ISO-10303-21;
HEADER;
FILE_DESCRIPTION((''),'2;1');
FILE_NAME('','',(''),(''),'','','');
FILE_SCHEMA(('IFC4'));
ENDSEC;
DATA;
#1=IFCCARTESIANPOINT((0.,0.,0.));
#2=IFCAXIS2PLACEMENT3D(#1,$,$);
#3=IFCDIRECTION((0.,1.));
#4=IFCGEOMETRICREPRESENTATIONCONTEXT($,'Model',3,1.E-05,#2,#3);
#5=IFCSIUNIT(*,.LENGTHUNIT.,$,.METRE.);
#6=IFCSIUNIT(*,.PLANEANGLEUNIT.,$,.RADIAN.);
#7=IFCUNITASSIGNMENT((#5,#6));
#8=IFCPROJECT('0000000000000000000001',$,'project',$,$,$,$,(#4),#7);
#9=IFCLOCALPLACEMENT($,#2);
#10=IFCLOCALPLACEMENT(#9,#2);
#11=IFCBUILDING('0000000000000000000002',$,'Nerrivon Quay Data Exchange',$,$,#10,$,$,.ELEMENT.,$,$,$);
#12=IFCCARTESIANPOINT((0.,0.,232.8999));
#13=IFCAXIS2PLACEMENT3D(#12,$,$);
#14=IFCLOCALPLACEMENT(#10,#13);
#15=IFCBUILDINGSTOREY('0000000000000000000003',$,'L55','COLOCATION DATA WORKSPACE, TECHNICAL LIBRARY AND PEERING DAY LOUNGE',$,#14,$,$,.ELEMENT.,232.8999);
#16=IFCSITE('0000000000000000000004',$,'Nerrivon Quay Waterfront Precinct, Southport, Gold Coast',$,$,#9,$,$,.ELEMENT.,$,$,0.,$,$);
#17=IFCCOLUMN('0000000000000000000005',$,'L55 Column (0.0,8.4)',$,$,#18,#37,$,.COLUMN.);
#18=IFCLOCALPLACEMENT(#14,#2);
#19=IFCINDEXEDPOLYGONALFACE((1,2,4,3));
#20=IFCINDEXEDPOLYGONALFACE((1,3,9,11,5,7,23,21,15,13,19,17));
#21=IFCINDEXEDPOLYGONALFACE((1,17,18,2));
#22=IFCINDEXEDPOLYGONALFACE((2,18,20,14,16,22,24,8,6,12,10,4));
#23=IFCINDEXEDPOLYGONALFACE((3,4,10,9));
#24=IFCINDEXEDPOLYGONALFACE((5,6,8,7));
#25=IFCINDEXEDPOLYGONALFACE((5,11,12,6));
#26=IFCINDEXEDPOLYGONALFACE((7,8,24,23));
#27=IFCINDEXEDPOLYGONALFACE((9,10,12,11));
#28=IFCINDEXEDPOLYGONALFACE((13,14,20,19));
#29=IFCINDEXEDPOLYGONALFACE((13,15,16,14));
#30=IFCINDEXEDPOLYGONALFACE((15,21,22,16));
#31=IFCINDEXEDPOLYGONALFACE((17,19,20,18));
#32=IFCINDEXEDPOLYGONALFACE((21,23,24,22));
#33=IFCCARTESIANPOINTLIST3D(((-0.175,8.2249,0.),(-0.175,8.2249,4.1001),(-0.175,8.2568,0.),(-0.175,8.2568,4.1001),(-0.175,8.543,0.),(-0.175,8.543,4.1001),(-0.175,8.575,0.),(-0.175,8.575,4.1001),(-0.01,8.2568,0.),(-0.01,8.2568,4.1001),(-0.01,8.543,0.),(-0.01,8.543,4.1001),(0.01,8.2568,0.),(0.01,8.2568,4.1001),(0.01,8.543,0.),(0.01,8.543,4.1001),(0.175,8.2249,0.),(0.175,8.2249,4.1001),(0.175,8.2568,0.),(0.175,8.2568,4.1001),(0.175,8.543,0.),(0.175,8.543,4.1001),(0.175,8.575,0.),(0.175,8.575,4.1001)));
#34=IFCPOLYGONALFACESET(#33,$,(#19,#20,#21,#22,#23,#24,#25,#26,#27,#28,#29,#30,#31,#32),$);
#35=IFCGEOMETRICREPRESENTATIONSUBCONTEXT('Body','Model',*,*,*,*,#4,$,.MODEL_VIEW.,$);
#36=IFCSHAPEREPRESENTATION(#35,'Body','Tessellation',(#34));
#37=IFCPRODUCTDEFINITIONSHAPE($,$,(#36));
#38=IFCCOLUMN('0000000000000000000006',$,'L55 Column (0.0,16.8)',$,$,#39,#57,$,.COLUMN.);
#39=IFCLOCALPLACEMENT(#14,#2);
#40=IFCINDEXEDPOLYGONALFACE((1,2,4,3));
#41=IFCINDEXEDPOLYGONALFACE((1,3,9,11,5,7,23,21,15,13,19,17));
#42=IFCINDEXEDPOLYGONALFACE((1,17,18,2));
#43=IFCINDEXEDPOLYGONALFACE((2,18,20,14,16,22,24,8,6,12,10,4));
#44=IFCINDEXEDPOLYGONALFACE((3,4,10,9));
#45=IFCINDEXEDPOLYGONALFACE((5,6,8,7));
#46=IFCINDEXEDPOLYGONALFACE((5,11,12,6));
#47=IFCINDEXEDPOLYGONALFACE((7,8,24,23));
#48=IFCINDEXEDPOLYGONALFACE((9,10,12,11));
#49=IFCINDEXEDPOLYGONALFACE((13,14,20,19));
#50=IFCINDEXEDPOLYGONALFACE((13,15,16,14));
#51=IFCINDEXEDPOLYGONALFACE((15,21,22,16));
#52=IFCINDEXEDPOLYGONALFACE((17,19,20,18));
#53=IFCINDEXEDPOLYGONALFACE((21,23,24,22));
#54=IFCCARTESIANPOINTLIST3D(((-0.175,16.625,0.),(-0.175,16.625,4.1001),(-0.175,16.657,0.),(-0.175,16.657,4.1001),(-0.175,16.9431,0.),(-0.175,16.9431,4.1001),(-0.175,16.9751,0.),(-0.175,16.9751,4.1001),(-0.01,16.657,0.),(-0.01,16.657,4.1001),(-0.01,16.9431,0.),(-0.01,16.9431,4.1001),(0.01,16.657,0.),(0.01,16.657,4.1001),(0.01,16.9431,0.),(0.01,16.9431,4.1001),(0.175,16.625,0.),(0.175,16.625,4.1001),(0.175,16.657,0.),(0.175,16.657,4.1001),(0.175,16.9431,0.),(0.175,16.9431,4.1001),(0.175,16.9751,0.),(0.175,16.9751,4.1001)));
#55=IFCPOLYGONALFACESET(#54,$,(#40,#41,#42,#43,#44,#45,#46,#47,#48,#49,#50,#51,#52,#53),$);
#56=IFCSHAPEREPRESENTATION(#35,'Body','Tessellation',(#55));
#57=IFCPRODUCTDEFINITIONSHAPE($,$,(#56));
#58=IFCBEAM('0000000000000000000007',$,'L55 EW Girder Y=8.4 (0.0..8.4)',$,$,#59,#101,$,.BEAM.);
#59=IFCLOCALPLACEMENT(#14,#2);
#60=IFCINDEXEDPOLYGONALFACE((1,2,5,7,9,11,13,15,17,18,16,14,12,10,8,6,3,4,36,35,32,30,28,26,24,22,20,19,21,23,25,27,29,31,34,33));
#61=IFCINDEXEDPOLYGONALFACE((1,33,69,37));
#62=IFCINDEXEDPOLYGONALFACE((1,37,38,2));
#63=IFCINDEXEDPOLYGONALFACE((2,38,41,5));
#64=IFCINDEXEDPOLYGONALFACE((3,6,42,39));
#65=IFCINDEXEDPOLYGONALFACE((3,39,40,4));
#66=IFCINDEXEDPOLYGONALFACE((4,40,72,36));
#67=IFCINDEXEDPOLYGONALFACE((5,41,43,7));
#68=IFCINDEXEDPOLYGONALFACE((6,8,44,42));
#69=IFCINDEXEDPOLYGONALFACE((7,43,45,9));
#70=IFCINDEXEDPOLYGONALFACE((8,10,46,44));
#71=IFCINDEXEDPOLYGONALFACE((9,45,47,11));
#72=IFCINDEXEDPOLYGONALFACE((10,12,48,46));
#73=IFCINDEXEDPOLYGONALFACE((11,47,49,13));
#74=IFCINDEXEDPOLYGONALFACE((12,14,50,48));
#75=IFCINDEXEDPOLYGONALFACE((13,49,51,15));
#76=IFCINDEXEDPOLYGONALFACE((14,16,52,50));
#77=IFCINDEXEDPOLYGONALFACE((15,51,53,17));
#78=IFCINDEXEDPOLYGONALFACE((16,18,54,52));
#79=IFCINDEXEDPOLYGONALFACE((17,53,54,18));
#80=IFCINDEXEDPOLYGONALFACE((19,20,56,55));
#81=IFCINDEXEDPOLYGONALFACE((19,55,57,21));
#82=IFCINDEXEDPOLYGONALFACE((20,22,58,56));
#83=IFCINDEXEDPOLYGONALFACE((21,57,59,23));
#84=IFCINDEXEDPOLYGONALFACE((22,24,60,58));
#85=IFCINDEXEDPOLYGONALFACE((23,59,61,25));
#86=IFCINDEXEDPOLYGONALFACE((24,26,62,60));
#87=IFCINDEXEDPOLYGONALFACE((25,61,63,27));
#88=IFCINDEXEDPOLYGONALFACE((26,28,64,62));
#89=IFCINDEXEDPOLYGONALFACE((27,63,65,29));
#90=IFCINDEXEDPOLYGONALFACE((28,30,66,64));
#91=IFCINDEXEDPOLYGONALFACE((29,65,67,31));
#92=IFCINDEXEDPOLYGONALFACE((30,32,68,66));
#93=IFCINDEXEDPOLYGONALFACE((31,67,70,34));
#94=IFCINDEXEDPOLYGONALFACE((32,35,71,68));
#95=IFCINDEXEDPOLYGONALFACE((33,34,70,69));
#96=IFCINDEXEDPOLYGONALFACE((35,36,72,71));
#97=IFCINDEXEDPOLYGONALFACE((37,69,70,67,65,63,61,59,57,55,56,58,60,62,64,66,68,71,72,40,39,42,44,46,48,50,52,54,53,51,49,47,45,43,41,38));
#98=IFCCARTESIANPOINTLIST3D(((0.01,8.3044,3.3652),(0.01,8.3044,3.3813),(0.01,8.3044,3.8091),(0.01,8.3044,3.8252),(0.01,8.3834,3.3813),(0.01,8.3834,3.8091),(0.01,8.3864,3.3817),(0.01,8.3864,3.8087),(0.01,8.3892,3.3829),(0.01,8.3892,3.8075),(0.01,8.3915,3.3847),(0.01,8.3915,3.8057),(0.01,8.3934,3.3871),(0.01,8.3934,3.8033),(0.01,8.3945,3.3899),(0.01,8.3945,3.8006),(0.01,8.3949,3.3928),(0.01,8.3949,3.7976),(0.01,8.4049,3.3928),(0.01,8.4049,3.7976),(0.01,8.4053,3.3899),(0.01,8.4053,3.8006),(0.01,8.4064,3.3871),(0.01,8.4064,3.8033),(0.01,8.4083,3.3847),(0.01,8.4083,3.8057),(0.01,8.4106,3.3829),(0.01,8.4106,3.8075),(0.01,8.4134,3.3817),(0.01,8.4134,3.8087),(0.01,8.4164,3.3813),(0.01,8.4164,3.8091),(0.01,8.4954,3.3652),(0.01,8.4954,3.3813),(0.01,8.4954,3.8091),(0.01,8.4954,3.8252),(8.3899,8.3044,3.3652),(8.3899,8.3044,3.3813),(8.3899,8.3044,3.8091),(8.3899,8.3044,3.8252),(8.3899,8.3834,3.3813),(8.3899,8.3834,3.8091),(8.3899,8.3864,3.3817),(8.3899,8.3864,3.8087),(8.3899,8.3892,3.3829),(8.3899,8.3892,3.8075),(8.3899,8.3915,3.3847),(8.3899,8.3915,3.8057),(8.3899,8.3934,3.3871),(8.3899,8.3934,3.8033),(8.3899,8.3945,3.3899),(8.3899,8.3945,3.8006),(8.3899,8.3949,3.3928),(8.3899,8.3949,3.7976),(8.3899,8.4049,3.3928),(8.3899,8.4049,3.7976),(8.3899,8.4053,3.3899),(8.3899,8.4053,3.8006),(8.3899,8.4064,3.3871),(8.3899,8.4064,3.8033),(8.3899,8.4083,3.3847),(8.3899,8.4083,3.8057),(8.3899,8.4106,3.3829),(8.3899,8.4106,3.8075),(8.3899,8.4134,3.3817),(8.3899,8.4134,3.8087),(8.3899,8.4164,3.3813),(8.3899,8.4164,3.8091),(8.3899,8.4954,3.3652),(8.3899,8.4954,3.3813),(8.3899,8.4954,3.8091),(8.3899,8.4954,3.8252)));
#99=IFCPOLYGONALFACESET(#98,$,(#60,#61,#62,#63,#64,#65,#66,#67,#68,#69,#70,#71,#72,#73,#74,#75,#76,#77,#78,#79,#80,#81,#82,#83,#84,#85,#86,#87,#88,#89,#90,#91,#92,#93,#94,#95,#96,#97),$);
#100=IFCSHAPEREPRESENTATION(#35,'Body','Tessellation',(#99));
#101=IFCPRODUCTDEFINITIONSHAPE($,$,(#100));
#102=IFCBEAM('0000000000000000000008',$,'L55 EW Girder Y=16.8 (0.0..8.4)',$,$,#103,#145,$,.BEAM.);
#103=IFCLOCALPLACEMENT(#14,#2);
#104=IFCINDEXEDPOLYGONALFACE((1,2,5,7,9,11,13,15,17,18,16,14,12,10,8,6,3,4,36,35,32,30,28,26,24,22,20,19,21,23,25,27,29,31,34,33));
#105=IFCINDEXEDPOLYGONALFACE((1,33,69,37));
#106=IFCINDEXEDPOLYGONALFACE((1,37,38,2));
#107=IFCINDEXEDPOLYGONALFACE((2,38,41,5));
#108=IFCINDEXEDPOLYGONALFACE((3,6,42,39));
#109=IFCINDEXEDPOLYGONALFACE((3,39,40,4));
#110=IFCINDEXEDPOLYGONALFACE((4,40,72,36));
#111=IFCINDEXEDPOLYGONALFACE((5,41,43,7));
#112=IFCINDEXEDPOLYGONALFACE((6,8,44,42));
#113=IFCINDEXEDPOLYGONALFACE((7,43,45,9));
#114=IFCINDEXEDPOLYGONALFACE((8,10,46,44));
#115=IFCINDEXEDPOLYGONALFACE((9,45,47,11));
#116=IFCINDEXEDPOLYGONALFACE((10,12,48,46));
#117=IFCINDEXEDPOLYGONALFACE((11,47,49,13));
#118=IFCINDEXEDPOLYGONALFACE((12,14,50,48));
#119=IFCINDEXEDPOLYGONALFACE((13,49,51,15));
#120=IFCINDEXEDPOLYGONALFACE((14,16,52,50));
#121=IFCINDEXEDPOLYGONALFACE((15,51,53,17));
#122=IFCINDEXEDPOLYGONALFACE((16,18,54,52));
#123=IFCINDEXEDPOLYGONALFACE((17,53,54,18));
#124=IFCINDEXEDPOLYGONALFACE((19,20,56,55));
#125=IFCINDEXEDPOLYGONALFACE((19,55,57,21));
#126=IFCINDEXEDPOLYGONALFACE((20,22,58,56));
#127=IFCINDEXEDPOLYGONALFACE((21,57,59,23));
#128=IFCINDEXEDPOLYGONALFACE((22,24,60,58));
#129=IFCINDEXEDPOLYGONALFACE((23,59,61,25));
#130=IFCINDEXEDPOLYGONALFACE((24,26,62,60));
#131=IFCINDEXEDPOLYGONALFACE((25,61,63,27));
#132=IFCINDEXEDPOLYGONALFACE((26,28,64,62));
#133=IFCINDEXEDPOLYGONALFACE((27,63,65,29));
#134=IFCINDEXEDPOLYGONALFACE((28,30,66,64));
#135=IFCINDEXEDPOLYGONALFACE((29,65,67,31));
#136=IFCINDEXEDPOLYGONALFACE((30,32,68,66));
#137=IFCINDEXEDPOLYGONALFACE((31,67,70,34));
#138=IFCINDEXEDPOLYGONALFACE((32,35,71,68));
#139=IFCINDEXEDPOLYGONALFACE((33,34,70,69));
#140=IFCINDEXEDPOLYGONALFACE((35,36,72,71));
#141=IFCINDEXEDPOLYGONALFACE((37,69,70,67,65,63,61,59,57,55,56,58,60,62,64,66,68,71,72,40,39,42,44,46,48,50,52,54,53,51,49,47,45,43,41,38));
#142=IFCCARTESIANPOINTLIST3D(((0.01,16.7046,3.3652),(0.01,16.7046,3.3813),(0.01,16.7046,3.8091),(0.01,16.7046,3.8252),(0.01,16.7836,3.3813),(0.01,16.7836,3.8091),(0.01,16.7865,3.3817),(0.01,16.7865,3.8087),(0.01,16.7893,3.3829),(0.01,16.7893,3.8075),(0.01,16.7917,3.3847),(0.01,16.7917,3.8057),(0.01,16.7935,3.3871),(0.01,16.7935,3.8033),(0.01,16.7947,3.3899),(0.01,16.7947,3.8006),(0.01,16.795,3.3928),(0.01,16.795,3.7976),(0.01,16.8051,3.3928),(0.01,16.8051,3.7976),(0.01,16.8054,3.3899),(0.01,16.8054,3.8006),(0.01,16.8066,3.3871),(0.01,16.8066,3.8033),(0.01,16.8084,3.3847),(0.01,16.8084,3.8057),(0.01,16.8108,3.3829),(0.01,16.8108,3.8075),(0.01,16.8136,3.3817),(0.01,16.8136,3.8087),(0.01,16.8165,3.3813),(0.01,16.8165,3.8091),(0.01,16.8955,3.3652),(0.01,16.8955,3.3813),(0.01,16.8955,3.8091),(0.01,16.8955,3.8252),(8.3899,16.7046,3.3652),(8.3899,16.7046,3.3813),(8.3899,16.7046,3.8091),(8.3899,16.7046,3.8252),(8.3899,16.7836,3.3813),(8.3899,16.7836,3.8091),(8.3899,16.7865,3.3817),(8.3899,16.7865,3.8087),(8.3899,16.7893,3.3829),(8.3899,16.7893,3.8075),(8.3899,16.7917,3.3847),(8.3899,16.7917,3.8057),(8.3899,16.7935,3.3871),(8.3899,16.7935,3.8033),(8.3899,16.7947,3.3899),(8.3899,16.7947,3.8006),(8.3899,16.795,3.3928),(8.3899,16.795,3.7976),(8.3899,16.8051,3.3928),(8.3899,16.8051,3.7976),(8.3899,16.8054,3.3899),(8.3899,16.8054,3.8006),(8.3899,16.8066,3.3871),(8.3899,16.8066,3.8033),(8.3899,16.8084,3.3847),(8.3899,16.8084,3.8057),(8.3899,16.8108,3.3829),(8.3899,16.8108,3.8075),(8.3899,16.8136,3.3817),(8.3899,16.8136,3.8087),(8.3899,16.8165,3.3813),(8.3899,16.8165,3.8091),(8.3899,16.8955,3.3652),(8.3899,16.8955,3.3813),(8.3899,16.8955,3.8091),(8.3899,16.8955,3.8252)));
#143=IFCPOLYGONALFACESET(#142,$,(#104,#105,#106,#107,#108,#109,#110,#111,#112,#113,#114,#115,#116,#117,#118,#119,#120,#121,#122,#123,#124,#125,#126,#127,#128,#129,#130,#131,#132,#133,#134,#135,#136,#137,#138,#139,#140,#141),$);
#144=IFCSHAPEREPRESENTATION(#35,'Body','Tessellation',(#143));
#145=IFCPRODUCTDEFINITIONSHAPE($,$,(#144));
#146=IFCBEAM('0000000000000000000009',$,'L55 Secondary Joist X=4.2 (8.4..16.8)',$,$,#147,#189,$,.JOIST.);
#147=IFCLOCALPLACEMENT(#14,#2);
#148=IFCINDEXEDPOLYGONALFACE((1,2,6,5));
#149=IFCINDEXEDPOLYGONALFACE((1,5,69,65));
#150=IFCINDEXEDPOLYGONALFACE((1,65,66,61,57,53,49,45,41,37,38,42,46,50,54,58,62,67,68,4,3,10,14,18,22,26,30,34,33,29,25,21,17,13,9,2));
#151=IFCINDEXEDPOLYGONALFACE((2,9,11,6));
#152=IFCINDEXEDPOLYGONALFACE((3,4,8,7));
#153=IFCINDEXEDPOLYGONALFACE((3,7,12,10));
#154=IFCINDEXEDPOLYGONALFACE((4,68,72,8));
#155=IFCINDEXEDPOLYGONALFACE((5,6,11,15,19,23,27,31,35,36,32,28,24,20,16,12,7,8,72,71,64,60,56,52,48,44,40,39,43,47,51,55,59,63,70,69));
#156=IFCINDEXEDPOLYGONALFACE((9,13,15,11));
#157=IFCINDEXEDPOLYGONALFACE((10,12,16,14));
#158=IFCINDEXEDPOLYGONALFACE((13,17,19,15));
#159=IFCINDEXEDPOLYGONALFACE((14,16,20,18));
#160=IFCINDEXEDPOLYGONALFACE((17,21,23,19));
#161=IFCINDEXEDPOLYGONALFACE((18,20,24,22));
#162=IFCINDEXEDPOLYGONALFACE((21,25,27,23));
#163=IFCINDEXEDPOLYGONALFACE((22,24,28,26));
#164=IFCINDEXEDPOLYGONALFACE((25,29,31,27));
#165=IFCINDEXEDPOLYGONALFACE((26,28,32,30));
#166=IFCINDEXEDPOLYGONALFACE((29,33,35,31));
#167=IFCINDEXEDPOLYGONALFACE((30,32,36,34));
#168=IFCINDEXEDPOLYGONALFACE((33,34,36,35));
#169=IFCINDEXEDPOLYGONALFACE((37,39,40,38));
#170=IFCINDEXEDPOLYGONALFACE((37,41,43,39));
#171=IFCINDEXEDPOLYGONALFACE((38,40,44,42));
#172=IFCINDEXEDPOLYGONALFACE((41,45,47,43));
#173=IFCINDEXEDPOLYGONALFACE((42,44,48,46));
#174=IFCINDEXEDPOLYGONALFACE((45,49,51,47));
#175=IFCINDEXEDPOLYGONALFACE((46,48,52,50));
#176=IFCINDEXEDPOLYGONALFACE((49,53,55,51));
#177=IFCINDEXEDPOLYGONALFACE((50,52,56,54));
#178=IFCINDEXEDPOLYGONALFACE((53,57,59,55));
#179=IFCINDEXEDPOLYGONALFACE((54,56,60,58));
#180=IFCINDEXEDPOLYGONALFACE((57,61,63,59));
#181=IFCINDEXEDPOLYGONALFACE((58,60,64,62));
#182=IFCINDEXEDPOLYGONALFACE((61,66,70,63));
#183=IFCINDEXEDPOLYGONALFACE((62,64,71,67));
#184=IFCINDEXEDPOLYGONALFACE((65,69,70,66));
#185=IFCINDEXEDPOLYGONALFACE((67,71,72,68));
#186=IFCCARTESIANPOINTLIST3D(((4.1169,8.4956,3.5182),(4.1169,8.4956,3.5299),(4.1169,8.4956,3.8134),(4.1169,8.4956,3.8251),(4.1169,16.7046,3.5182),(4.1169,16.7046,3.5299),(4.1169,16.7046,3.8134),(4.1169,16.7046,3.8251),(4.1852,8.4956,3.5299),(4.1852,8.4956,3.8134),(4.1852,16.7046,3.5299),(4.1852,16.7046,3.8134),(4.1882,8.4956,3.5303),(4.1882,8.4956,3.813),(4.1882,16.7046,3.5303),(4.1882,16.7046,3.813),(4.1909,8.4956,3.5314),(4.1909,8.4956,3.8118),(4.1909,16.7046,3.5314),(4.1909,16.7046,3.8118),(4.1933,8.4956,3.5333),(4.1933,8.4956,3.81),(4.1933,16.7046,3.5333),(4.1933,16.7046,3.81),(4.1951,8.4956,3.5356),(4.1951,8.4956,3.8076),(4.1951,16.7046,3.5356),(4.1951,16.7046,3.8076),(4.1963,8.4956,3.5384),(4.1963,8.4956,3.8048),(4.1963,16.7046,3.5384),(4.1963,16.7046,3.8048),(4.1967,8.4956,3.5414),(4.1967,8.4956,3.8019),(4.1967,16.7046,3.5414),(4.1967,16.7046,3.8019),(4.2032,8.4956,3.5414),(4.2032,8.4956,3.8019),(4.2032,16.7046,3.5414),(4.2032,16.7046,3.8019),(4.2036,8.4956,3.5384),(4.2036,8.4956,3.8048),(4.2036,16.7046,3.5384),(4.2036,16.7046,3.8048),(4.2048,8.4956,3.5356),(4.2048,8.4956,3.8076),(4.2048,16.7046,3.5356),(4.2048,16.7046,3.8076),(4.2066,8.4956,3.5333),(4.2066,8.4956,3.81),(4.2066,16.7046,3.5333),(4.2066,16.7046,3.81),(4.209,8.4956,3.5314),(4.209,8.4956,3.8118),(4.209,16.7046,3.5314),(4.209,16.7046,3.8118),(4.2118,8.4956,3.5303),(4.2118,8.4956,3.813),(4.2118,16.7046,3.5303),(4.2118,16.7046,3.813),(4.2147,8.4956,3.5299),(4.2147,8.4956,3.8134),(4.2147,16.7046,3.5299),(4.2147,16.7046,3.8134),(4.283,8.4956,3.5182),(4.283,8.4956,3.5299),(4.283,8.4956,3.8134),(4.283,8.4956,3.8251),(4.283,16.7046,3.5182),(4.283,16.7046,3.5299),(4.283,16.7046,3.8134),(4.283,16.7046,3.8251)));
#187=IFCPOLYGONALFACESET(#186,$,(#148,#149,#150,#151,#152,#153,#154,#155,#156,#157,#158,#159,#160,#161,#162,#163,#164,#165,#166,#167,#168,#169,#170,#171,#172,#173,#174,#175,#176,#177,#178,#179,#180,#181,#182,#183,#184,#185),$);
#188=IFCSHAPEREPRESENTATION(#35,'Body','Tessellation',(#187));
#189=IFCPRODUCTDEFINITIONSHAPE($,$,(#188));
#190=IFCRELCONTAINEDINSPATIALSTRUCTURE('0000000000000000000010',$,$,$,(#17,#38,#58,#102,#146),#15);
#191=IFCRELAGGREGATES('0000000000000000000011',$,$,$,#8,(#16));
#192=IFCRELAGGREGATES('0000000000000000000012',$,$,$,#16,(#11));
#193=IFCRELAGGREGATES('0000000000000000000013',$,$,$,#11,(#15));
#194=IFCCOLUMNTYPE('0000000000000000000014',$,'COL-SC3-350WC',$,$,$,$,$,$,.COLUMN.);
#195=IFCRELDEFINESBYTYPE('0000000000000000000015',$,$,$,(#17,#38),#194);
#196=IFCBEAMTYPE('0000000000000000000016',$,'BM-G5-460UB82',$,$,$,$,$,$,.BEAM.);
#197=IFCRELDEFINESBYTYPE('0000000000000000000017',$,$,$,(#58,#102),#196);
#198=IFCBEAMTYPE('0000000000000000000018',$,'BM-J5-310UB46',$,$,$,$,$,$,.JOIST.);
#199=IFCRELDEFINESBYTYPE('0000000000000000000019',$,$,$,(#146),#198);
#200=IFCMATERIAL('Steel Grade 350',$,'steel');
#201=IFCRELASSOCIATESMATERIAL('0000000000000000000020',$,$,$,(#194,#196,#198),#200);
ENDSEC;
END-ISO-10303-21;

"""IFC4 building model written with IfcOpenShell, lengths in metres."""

from ifc_helpers import new_model, si_unit, direction, frame, origin, origin_2d, place, context, subcontext, project, spatial, i_section, extrude, material, material_profile, profile_set, type_object, element, save


model = new_model("IFC4")

# Units and contexts
model_context = context("Model", 3, precision=1e-05, world=origin(), true_north=direction((0.0, 1.0)))
body_context = subcontext(model_context, "Body", "Model", "MODEL_VIEW")
ifc_project = project(units=[si_unit("LENGTHUNIT", "METRE"), si_unit("PLANEANGLEUNIT", "RADIAN")], contexts=[model_context])

# Site, building, storey
site_placement = place(None, origin())
site = spatial("IfcSite", under=ifc_project, at=site_placement, Name="Nerrivon Quay Waterfront Precinct, Southport, Gold Coast", CompositionType="ELEMENT", RefElevation=0.0)
building_placement = place(site_placement, origin())
building = spatial("IfcBuilding", under=site, at=building_placement, Name="Nerrivon Quay Data Exchange", CompositionType="ELEMENT")
storey_placement = place(building_placement, frame((0.0, 0.0, 232.8999)))
storey = spatial("IfcBuildingStorey", under=building, at=storey_placement, Name="L55", Description="COLOCATION DATA WORKSPACE, TECHNICAL LIBRARY AND PEERING DAY LOUNGE", CompositionType="ELEMENT", Elevation=232.8999)

# Columns
ifc_material_1 = material(Name="Steel Grade 350", Category="steel")
ifc_material_profile_1 = material_profile(ifc_material_1, i_section(OverallWidth=0.3501, OverallDepth=0.3501, WebThickness=0.02, FlangeThickness=0.032, at=origin_2d()), Name="350WC230")
ifc_profile_set_1 = profile_set([ifc_material_profile_1], Name="Steel Grade 350")
column_type = type_object("IfcColumnType", Name="COL-SC3-350WC", PredefinedType="COLUMN", material=ifc_profile_set_1)
for number, where, z_axis, x_axis, name in (
    (1, (0.0, 8.3999, 0.0), (0.0, 0.0, 1.0), (1.0, 0.0, 0.0), "L55 Column (0.0,8.4)"),
    (2, (0.0, 16.8, 0.0), (0.0, 0.0, 1.0), (1.0, 0.0, 0.0), "L55 Column (0.0,16.8)"),
):
    element("IfcColumn", number, at=place(storey_placement, frame(where, z_axis=z_axis, x_axis=x_axis)), inside=storey, type_object=column_type, Name=name, PredefinedType="COLUMN", context=body_context, shape_type="SweptSolid", body=[
        extrude(i_section(OverallWidth=0.3501, OverallDepth=0.3501, WebThickness=0.02, FlangeThickness=0.032, at=origin_2d()), origin(), (0.0, 0.0, 1.0), 4.1001),
    ])

# Beams
ifc_material_profile_2 = material_profile(ifc_material_1, i_section(OverallWidth=0.1909, OverallDepth=0.46, WebThickness=0.01, FlangeThickness=0.0161, FilletRadius=0.0115, at=origin_2d()), Name="460UB82.1")
ifc_profile_set_2 = profile_set([ifc_material_profile_2], Name="Steel Grade 350")
beam_type_1 = type_object("IfcBeamType", Name="BM-G5-460UB82", PredefinedType="BEAM", material=ifc_profile_set_2)
for number, where, z_axis, x_axis, name in (
    (3, (0.01, 8.3999, 3.5952), (1.0, 0.0, 0.0), (0.0, 1.0, 0.0), "L55 EW Girder Y=8.4 (0.0..8.4)"),
    (4, (0.01, 16.8, 3.5952), (1.0, 0.0, 0.0), (0.0, 1.0, 0.0), "L55 EW Girder Y=16.8 (0.0..8.4)"),
):
    element("IfcBeam", number, at=place(storey_placement, frame(where, z_axis=z_axis, x_axis=x_axis)), inside=storey, type_object=beam_type_1, Name=name, PredefinedType="BEAM", context=body_context, shape_type="SweptSolid", body=[
        extrude(i_section(OverallWidth=0.1909, OverallDepth=0.46, WebThickness=0.01, FlangeThickness=0.0161, FilletRadius=0.0115, at=origin_2d()), origin(), (0.0, 0.0, 1.0), 8.3799),
    ])
ifc_material_profile_3 = material_profile(ifc_material_1, i_section(OverallWidth=0.166, OverallDepth=0.3069, WebThickness=0.0066, FlangeThickness=0.0117, FilletRadius=0.0115, at=origin_2d()), Name="310UB46.2")
ifc_profile_set_3 = profile_set([ifc_material_profile_3], Name="Steel Grade 350")
beam_type_2 = type_object("IfcBeamType", Name="BM-J5-310UB46", PredefinedType="JOIST", material=ifc_profile_set_3)
for number, where, z_axis, x_axis, name in (
    (5, (4.2, 8.4956, 3.6716), (0.0, 1.0, 0.0), (-1.0, 0.0, 0.0), "L55 Secondary Joist X=4.2 (8.4..16.8)"),
):
    element("IfcBeam", number, at=place(storey_placement, frame(where, z_axis=z_axis, x_axis=x_axis)), inside=storey, type_object=beam_type_2, Name=name, PredefinedType="JOIST", context=body_context, shape_type="SweptSolid", body=[
        extrude(i_section(OverallWidth=0.166, OverallDepth=0.3069, WebThickness=0.0066, FlangeThickness=0.0117, FilletRadius=0.0115, at=origin_2d()), origin(), (0.0, 0.0, 1.0), 8.209),
    ])

save(model, "model.ifc")
